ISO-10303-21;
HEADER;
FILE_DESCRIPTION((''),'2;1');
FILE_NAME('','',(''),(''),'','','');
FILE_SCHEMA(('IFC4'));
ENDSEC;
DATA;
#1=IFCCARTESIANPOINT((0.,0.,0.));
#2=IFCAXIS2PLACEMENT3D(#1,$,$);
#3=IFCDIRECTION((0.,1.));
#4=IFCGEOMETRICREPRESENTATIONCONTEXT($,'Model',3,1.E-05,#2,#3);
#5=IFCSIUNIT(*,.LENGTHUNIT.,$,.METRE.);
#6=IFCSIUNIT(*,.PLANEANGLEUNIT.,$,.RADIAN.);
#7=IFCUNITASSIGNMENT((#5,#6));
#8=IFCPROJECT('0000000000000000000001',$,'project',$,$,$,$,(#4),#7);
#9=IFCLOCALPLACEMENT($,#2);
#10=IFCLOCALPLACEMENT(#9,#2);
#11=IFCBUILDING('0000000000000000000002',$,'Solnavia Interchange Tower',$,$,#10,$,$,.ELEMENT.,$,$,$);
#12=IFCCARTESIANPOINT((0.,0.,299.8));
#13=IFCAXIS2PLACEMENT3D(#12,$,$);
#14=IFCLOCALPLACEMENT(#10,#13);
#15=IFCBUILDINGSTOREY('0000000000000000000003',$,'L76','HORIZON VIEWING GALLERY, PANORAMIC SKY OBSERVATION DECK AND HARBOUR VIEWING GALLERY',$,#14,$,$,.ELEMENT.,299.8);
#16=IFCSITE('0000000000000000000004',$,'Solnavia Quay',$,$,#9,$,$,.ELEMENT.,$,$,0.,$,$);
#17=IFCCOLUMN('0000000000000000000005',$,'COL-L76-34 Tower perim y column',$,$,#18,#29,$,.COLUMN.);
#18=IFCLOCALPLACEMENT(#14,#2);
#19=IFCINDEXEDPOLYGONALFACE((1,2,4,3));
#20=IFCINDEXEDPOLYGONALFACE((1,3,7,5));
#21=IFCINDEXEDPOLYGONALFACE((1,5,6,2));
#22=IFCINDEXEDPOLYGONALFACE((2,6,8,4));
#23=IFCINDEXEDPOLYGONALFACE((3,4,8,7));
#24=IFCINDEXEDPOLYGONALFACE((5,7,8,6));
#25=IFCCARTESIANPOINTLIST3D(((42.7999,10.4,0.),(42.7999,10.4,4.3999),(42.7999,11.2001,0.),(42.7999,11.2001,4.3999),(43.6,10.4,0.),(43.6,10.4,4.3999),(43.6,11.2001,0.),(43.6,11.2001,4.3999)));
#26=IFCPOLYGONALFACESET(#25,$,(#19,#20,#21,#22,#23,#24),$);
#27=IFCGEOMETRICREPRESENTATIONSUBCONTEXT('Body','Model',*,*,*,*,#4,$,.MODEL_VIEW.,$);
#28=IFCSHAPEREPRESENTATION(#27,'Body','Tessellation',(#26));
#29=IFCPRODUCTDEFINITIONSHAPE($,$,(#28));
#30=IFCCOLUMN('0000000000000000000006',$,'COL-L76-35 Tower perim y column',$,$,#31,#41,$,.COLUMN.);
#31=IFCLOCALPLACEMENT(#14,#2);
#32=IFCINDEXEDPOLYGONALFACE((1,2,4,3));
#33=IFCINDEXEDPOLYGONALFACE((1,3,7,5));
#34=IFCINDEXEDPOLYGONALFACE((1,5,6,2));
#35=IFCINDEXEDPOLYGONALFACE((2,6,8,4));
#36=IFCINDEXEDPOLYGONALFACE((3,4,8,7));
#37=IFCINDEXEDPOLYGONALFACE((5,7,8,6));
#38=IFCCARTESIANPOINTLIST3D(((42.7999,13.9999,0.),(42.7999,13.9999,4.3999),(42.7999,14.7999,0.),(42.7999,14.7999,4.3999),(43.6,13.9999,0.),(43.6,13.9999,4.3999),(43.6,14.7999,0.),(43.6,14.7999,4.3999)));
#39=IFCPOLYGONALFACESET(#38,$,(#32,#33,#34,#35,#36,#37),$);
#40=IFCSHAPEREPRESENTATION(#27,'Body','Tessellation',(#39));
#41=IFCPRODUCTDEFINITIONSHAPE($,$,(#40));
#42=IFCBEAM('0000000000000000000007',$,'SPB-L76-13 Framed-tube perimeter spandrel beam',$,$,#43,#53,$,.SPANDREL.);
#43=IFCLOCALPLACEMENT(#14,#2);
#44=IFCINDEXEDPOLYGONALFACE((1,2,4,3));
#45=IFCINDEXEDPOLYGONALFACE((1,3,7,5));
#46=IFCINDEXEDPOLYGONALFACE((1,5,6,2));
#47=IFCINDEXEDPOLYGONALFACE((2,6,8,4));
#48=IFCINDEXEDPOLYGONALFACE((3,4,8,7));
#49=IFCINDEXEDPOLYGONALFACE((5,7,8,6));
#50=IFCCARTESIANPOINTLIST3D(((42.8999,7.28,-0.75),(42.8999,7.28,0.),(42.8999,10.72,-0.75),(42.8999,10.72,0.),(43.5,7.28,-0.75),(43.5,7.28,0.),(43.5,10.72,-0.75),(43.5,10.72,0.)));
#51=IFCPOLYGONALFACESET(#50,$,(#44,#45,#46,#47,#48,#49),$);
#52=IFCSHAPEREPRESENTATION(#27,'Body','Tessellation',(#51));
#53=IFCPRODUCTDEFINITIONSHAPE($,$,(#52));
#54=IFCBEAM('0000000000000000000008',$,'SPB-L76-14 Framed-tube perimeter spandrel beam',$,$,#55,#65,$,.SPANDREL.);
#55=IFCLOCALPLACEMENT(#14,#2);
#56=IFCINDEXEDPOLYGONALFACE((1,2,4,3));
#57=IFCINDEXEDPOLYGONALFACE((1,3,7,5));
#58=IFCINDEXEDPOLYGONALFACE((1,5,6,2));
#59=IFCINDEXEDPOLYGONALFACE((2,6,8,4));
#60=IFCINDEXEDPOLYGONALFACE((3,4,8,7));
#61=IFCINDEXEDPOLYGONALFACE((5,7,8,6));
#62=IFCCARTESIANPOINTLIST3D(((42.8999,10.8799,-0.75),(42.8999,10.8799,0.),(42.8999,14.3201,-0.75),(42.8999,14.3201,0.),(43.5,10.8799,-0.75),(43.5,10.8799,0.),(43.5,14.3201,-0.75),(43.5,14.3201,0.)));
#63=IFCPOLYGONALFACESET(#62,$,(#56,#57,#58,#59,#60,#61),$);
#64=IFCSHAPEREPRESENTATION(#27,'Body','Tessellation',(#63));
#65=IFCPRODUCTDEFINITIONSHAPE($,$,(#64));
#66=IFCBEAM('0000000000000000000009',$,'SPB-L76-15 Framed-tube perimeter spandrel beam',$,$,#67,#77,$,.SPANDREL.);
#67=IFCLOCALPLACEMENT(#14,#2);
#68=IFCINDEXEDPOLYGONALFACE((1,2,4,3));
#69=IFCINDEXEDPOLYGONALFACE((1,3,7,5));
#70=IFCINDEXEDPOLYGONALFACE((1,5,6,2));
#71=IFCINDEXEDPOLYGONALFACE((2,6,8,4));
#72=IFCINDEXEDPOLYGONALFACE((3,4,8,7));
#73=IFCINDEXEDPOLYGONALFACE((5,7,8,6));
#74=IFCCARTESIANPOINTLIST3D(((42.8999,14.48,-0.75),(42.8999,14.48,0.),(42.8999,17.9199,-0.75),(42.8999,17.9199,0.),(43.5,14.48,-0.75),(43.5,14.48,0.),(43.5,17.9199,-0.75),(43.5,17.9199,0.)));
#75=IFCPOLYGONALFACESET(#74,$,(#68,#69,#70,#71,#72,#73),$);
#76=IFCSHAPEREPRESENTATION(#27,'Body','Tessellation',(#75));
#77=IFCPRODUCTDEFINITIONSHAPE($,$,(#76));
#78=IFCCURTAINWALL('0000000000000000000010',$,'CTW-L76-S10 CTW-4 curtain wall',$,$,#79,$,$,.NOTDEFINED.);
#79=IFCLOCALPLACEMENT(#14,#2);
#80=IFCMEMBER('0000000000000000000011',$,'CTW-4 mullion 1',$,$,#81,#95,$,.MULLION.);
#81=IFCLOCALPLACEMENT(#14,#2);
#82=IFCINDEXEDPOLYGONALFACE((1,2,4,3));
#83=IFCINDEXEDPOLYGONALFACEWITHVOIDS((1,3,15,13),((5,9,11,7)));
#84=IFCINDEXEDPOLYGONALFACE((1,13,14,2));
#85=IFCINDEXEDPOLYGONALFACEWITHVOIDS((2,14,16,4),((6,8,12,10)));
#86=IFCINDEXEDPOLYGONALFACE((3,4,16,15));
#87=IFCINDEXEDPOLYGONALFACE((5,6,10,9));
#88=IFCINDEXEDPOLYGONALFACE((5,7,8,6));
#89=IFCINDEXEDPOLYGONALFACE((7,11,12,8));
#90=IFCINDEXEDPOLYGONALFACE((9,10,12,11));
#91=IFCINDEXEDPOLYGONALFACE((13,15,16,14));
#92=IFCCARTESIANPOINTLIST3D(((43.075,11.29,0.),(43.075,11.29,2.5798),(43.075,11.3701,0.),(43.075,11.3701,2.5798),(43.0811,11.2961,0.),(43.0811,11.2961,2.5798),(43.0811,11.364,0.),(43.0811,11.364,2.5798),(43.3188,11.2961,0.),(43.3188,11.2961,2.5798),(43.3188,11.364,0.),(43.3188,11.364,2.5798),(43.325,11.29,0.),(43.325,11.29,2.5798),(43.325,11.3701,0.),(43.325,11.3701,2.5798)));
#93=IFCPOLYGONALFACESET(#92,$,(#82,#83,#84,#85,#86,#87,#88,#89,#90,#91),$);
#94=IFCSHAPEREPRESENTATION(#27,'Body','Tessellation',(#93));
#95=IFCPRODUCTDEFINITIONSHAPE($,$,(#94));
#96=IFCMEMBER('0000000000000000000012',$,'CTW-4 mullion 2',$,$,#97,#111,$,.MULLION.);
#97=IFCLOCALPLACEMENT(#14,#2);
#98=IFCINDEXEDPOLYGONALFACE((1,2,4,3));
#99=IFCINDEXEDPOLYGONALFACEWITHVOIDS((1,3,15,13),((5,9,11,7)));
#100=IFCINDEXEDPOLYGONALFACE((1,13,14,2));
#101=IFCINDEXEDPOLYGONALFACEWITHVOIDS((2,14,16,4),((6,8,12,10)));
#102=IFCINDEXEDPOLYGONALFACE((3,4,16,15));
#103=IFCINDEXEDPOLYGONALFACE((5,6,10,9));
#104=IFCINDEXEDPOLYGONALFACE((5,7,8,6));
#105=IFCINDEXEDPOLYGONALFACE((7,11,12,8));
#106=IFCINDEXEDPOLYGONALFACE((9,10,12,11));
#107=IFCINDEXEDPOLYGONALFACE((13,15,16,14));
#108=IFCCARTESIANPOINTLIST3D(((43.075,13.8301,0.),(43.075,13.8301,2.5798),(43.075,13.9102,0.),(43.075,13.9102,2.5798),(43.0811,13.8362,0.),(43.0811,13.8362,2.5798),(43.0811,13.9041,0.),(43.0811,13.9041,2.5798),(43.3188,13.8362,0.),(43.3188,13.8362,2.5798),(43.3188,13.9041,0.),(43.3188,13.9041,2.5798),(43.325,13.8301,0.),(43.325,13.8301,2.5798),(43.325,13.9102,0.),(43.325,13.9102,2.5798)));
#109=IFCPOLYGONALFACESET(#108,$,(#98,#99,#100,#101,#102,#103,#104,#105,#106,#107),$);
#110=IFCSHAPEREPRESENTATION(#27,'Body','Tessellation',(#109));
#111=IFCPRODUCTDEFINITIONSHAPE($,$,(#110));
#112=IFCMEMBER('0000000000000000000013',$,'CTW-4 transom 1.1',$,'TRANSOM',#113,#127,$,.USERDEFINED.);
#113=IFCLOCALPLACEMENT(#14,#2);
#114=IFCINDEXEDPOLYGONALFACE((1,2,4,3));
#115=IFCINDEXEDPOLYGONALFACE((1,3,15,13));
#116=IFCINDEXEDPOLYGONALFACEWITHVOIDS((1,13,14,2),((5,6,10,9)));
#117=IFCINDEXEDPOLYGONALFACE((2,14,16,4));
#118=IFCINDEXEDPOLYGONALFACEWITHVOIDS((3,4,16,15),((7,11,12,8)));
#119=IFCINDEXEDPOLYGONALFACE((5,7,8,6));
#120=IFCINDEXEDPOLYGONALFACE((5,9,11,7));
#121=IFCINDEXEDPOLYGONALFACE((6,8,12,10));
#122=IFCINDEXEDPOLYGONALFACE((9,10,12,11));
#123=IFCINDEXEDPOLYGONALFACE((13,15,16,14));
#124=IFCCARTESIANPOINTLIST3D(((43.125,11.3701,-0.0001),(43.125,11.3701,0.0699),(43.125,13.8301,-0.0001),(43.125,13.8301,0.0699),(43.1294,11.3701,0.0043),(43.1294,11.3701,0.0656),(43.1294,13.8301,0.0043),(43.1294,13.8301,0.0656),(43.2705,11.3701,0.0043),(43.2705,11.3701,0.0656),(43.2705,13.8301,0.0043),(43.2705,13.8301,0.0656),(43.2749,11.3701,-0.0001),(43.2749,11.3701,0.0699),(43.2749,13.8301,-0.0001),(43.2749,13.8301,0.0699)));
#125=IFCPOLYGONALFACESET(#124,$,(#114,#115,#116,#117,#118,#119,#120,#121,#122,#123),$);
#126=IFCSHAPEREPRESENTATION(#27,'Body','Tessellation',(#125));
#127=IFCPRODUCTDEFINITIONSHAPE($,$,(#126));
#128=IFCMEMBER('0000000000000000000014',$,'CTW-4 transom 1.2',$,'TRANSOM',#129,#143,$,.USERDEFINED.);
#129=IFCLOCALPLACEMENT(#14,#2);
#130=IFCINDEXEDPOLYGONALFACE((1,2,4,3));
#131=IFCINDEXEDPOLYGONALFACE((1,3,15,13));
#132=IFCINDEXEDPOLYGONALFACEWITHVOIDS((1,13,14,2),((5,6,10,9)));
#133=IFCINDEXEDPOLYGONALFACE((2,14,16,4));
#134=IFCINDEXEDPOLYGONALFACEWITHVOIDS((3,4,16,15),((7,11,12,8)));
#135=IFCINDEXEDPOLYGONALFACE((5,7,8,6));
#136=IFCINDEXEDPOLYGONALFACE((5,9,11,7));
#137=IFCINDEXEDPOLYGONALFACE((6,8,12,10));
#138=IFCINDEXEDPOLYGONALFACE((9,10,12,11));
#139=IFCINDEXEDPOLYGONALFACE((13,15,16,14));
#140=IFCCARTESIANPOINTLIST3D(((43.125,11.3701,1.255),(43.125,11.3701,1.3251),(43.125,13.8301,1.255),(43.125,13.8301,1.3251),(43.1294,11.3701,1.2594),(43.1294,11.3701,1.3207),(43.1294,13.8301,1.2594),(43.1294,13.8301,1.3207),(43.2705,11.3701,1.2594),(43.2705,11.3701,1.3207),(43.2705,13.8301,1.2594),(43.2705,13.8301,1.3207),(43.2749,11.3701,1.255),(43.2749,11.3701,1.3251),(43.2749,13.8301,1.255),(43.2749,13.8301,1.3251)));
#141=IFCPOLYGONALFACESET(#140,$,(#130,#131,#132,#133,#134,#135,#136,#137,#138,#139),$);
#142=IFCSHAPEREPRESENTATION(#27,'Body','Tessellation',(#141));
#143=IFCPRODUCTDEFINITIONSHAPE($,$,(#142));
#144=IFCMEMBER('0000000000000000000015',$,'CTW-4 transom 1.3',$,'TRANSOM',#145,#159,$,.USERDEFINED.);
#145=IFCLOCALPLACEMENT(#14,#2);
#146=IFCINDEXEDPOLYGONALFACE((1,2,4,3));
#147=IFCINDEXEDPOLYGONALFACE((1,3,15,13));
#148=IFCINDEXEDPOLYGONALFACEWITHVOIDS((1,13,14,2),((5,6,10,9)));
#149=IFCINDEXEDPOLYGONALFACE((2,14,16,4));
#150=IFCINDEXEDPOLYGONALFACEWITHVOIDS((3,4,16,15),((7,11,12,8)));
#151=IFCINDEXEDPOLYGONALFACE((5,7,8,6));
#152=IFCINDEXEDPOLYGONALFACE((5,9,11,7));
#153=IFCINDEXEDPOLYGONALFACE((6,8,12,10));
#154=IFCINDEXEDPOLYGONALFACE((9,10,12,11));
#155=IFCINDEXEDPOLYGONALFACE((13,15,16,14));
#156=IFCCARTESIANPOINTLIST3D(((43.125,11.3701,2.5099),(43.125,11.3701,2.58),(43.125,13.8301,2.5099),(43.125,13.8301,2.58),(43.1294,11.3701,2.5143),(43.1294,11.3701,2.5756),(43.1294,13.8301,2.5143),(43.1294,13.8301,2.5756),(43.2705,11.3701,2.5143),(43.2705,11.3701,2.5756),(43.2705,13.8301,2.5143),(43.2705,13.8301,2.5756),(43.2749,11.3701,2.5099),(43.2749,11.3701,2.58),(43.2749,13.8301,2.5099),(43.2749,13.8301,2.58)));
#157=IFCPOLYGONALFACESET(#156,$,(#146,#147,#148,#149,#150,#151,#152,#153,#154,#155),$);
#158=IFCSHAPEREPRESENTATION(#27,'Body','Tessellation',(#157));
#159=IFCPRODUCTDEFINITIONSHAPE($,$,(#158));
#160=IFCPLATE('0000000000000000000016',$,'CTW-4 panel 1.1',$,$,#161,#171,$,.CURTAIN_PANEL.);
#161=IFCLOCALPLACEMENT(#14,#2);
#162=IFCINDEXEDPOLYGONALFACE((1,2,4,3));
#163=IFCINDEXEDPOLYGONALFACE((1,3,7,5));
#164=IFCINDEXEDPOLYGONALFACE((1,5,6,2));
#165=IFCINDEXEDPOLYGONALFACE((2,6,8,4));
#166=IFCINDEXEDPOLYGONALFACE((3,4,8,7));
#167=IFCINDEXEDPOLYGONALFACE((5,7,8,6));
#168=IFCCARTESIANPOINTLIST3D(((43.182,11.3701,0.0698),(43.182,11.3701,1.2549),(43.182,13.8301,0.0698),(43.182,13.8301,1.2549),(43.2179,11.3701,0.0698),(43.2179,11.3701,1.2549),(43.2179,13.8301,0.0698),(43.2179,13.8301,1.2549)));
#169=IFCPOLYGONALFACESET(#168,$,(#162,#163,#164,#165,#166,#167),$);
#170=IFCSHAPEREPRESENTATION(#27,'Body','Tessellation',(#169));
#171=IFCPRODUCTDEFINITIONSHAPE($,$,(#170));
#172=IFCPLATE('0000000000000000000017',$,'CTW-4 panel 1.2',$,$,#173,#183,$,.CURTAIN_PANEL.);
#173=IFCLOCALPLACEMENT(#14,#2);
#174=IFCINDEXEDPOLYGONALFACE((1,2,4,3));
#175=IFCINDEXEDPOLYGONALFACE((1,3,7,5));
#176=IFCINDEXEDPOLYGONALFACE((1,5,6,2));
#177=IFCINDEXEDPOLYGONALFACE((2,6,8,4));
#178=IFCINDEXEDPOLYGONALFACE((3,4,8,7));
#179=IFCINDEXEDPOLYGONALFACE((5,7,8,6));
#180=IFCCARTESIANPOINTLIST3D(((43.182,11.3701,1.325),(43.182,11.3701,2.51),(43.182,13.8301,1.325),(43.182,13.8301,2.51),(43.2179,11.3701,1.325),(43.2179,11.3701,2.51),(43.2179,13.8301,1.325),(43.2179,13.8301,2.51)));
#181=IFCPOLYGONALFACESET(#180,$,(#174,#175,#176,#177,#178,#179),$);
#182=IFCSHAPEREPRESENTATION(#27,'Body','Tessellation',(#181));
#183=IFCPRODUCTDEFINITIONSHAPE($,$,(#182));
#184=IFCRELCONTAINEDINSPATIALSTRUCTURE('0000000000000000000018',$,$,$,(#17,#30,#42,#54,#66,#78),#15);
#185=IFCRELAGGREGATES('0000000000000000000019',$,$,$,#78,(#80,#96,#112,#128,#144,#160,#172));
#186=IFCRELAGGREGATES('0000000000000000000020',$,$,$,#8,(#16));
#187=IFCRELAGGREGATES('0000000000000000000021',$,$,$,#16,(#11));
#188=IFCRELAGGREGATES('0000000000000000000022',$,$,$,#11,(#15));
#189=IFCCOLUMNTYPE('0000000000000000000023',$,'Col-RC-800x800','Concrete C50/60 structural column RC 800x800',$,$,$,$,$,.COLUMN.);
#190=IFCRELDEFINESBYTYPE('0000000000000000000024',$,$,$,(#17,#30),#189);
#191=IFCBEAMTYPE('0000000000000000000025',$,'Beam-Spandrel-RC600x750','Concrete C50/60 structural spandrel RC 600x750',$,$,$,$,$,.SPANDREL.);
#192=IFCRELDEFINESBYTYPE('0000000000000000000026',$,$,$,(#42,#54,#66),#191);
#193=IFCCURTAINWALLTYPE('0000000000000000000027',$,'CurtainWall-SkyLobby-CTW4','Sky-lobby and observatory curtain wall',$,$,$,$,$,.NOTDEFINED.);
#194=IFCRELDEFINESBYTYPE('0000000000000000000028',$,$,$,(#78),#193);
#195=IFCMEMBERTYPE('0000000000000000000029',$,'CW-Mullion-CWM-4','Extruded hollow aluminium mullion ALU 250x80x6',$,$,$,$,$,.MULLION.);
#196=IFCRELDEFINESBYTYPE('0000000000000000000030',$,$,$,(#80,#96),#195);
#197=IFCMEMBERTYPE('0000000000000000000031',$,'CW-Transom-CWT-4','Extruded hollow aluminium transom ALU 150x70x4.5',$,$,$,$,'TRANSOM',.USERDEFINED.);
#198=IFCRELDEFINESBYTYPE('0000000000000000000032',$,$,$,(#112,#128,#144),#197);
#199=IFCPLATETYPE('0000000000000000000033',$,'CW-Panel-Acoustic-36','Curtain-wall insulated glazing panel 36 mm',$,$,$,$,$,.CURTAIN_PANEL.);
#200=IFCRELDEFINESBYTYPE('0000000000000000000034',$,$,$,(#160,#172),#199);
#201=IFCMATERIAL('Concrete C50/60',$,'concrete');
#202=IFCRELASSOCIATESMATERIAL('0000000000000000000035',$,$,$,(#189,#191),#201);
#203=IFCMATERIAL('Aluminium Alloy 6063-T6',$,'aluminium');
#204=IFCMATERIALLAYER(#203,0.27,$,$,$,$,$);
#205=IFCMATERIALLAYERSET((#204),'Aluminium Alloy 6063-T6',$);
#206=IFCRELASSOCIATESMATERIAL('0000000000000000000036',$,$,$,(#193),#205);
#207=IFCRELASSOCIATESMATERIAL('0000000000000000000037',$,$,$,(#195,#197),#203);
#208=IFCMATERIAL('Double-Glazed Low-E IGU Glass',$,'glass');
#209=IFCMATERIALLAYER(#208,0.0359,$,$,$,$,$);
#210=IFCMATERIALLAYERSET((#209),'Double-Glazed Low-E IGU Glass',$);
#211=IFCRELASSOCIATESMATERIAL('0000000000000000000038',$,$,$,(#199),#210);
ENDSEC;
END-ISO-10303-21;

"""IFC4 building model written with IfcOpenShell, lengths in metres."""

from ifc_helpers import new_model, si_unit, direction, frame, origin, origin_2d, place, context, subcontext, project, spatial, rectangle, hollow_rectangle, extrude, material, layer, layer_set, material_profile, profile_set, type_object, element, aggregate, save


model = new_model("IFC4")

# Units and contexts
model_context = context("Model", 3, precision=1e-05, world=origin(), true_north=direction((0.0, 1.0)))
body_context = subcontext(model_context, "Body", "Model", "MODEL_VIEW")
ifc_project = project(units=[si_unit("LENGTHUNIT", "METRE"), si_unit("PLANEANGLEUNIT", "RADIAN")], contexts=[model_context])

# Site, building, storey
site_placement = place(None, origin())
site = spatial("IfcSite", under=ifc_project, at=site_placement, Name="Solnavia Quay", CompositionType="ELEMENT", RefElevation=0.0)
building_placement = place(site_placement, origin())
building = spatial("IfcBuilding", under=site, at=building_placement, Name="Solnavia Interchange Tower", CompositionType="ELEMENT")
storey_placement = place(building_placement, frame((0.0, 0.0, 299.8)))
storey = spatial("IfcBuildingStorey", under=building, at=storey_placement, Name="L76", Description="HORIZON VIEWING GALLERY, PANORAMIC SKY OBSERVATION DECK AND HARBOUR VIEWING GALLERY", CompositionType="ELEMENT", Elevation=299.8)

# Columns
ifc_material_1 = material(Name="Concrete C50/60", Category="concrete")
ifc_material_profile_1 = material_profile(ifc_material_1, rectangle(XDim=0.8, YDim=0.8, at=origin_2d()), Name="RC 800x800")
ifc_profile_set_1 = profile_set([ifc_material_profile_1], Name="Concrete C50/60")
column_type = type_object("IfcColumnType", Name="Col-RC-800x800", Description="Concrete C50/60 structural column RC 800x800", PredefinedType="COLUMN", material=ifc_profile_set_1)
for number, where, z_axis, x_axis, name in (
    (1, (43.2, 10.8, 0.0), (0.0, 0.0, 1.0), (0.0, 1.0, 0.0), "COL-L76-34 Tower perim y column"),
    (2, (43.2, 14.3999, 0.0), (0.0, 0.0, 1.0), (0.0, 1.0, 0.0), "COL-L76-35 Tower perim y column"),
):
    element("IfcColumn", number, at=place(storey_placement, frame(where, z_axis=z_axis, x_axis=x_axis)), inside=storey, type_object=column_type, Name=name, PredefinedType="COLUMN", context=body_context, shape_type="SweptSolid", body=[
        extrude(rectangle(XDim=0.8, YDim=0.8, at=origin_2d()), origin(), (0.0, 0.0, 1.0), 4.3999),
    ])

# Beams
ifc_material_profile_2 = material_profile(ifc_material_1, rectangle(XDim=0.6001, YDim=0.75, at=origin_2d()), Name="RC 600x750")
ifc_profile_set_2 = profile_set([ifc_material_profile_2], Name="Concrete C50/60")
beam_type = type_object("IfcBeamType", Name="Beam-Spandrel-RC600x750", Description="Concrete C50/60 structural spandrel RC 600x750", PredefinedType="SPANDREL", material=ifc_profile_set_2)
beam_1_placement = place(storey_placement, frame((43.2, 7.28, -0.375), z_axis=(0.0, 1.0, 0.0), x_axis=(-1.0, 0.0, 0.0)))
element("IfcBeam", 3, at=beam_1_placement, inside=storey, type_object=beam_type, Name="SPB-L76-13 Framed-tube perimeter spandrel beam", PredefinedType="SPANDREL", context=body_context, shape_type="SweptSolid", body=[
    extrude(rectangle(XDim=0.6001, YDim=0.75, at=origin_2d()), origin(), (0.0, 0.0, 1.0), 3.4399),
])
beam_2_placement = place(storey_placement, frame((43.2, 10.8799, -0.375), z_axis=(0.0, 1.0, 0.0), x_axis=(-1.0, 0.0, 0.0)))
element("IfcBeam", 4, at=beam_2_placement, inside=storey, type_object=beam_type, Name="SPB-L76-14 Framed-tube perimeter spandrel beam", PredefinedType="SPANDREL", context=body_context, shape_type="SweptSolid", body=[
    extrude(rectangle(XDim=0.6001, YDim=0.75, at=origin_2d()), origin(), (0.0, 0.0, 1.0), 3.4402),
])
beam_3_placement = place(storey_placement, frame((43.2, 14.48, -0.375), z_axis=(0.0, 1.0, 0.0), x_axis=(-1.0, 0.0, 0.0)))
element("IfcBeam", 5, at=beam_3_placement, inside=storey, type_object=beam_type, Name="SPB-L76-15 Framed-tube perimeter spandrel beam", PredefinedType="SPANDREL", context=body_context, shape_type="SweptSolid", body=[
    extrude(rectangle(XDim=0.6001, YDim=0.75, at=origin_2d()), origin(), (0.0, 0.0, 1.0), 3.4399),
])

# Curtain wall, members, plates
ifc_material_2 = material(Name="Aluminium Alloy 6063-T6", Category="aluminium")
ifc_layer_1 = layer(ifc_material_2, 0.27)
ifc_layer_set_1 = layer_set([ifc_layer_1], Name="Aluminium Alloy 6063-T6")
curtain_wall_type = type_object("IfcCurtainWallType", Name="CurtainWall-SkyLobby-CTW4", Description="Sky-lobby and observatory curtain wall", PredefinedType="NOTDEFINED", material=ifc_layer_set_1)
curtain_wall_placement = place(storey_placement, origin())
curtain_wall = element("IfcCurtainWall", 6, at=curtain_wall_placement, inside=storey, type_object=curtain_wall_type, Name="CTW-L76-S10 CTW-4 curtain wall", PredefinedType="NOTDEFINED")
ifc_material_profile_3 = material_profile(ifc_material_2, hollow_rectangle(XDim=0.0801, YDim=0.25, WallThickness=0.0061, at=origin_2d()), Name="ALU 250x80x6")
ifc_profile_set_3 = profile_set([ifc_material_profile_3], Name="Aluminium Alloy 6063-T6")
member_type_1 = type_object("IfcMemberType", Name="CW-Mullion-CWM-4", Description="Extruded hollow aluminium mullion ALU 250x80x6", PredefinedType="MULLION", material=ifc_profile_set_3)
member_1_placement = place(storey_placement, frame((43.2, 11.3301, 0.0), z_axis=(0.0, 0.0, 1.0), x_axis=(0.0, 1.0, 0.0)))
member_1 = element("IfcMember", 7, at=member_1_placement, type_object=member_type_1, Name="CTW-4 mullion 1", PredefinedType="MULLION", context=body_context, shape_type="SweptSolid", body=[
    extrude(hollow_rectangle(XDim=0.0801, YDim=0.25, WallThickness=0.0061, at=origin_2d()), origin(), (0.0, 0.0, 1.0), 2.5798),
])
member_2_placement = place(storey_placement, frame((43.2, 13.8701, 0.0), z_axis=(0.0, 0.0, 1.0), x_axis=(0.0, 1.0, 0.0)))
member_2 = element("IfcMember", 8, at=member_2_placement, type_object=member_type_1, Name="CTW-4 mullion 2", PredefinedType="MULLION", context=body_context, shape_type="SweptSolid", body=[
    extrude(hollow_rectangle(XDim=0.0801, YDim=0.25, WallThickness=0.0061, at=origin_2d()), origin(), (0.0, 0.0, 1.0), 2.5798),
])
ifc_material_profile_4 = material_profile(ifc_material_2, hollow_rectangle(XDim=0.0701, YDim=0.1499, WallThickness=0.0044, at=origin_2d()), Name="ALU 150x70x4.5")
ifc_profile_set_4 = profile_set([ifc_material_profile_4], Name="Aluminium Alloy 6063-T6")
member_type_2 = type_object("IfcMemberType", Name="CW-Transom-CWT-4", Description="Extruded hollow aluminium transom ALU 150x70x4.5", ElementType="TRANSOM", PredefinedType="USERDEFINED", material=ifc_profile_set_4)
member_3_placement = place(storey_placement, frame((43.2, 11.3701, 0.0349), z_axis=(0.0, 1.0, 0.0), x_axis=(0.0, 0.0, 1.0)))
member_3 = element("IfcMember", 9, at=member_3_placement, type_object=member_type_2, Name="CTW-4 transom 1.1", ObjectType="TRANSOM", PredefinedType="USERDEFINED", context=body_context, shape_type="SweptSolid", body=[
    extrude(hollow_rectangle(XDim=0.0701, YDim=0.1499, WallThickness=0.0044, at=origin_2d()), origin(), (0.0, 0.0, 1.0), 2.46),
])
member_4_placement = place(storey_placement, frame((43.2, 11.3701, 1.29), z_axis=(0.0, 1.0, 0.0), x_axis=(0.0, 0.0, 1.0)))
member_4 = element("IfcMember", 10, at=member_4_placement, type_object=member_type_2, Name="CTW-4 transom 1.2", ObjectType="TRANSOM", PredefinedType="USERDEFINED", context=body_context, shape_type="SweptSolid", body=[
    extrude(hollow_rectangle(XDim=0.0701, YDim=0.1499, WallThickness=0.0044, at=origin_2d()), origin(), (0.0, 0.0, 1.0), 2.46),
])
member_5_placement = place(storey_placement, frame((43.2, 11.3701, 2.5449), z_axis=(0.0, 1.0, 0.0), x_axis=(0.0, 0.0, 1.0)))
member_5 = element("IfcMember", 11, at=member_5_placement, type_object=member_type_2, Name="CTW-4 transom 1.3", ObjectType="TRANSOM", PredefinedType="USERDEFINED", context=body_context, shape_type="SweptSolid", body=[
    extrude(hollow_rectangle(XDim=0.0701, YDim=0.1499, WallThickness=0.0044, at=origin_2d()), origin(), (0.0, 0.0, 1.0), 2.46),
])
ifc_material_3 = material(Name="Double-Glazed Low-E IGU Glass", Category="glass")
ifc_layer_2 = layer(ifc_material_3, 0.0359)
ifc_layer_set_2 = layer_set([ifc_layer_2], Name="Double-Glazed Low-E IGU Glass")
plate_type = type_object("IfcPlateType", Name="CW-Panel-Acoustic-36", Description="Curtain-wall insulated glazing panel 36 mm", PredefinedType="CURTAIN_PANEL", material=ifc_layer_set_2)
plate_1_placement = place(storey_placement, frame((43.2, 12.6001, 0.0698), z_axis=(0.0, 0.0, 1.0), x_axis=(0.0, 1.0, 0.0)))
plate_1 = element("IfcPlate", 12, at=plate_1_placement, type_object=plate_type, Name="CTW-4 panel 1.1", PredefinedType="CURTAIN_PANEL", context=body_context, shape_type="SweptSolid", body=[
    extrude(rectangle(XDim=2.46, YDim=0.0359, at=origin_2d()), origin(), (0.0, 0.0, 1.0), 1.1851),
])
plate_2_placement = place(storey_placement, frame((43.2, 12.6001, 1.325), z_axis=(0.0, 0.0, 1.0), x_axis=(0.0, 1.0, 0.0)))
plate_2 = element("IfcPlate", 13, at=plate_2_placement, type_object=plate_type, Name="CTW-4 panel 1.2", PredefinedType="CURTAIN_PANEL", context=body_context, shape_type="SweptSolid", body=[
    extrude(rectangle(XDim=2.46, YDim=0.0359, at=origin_2d()), origin(), (0.0, 0.0, 1.0), 1.1851),
])
aggregate(curtain_wall, [member_1, member_2, member_3, member_4, member_5, plate_1, plate_2])

save(model, "model.ifc")
